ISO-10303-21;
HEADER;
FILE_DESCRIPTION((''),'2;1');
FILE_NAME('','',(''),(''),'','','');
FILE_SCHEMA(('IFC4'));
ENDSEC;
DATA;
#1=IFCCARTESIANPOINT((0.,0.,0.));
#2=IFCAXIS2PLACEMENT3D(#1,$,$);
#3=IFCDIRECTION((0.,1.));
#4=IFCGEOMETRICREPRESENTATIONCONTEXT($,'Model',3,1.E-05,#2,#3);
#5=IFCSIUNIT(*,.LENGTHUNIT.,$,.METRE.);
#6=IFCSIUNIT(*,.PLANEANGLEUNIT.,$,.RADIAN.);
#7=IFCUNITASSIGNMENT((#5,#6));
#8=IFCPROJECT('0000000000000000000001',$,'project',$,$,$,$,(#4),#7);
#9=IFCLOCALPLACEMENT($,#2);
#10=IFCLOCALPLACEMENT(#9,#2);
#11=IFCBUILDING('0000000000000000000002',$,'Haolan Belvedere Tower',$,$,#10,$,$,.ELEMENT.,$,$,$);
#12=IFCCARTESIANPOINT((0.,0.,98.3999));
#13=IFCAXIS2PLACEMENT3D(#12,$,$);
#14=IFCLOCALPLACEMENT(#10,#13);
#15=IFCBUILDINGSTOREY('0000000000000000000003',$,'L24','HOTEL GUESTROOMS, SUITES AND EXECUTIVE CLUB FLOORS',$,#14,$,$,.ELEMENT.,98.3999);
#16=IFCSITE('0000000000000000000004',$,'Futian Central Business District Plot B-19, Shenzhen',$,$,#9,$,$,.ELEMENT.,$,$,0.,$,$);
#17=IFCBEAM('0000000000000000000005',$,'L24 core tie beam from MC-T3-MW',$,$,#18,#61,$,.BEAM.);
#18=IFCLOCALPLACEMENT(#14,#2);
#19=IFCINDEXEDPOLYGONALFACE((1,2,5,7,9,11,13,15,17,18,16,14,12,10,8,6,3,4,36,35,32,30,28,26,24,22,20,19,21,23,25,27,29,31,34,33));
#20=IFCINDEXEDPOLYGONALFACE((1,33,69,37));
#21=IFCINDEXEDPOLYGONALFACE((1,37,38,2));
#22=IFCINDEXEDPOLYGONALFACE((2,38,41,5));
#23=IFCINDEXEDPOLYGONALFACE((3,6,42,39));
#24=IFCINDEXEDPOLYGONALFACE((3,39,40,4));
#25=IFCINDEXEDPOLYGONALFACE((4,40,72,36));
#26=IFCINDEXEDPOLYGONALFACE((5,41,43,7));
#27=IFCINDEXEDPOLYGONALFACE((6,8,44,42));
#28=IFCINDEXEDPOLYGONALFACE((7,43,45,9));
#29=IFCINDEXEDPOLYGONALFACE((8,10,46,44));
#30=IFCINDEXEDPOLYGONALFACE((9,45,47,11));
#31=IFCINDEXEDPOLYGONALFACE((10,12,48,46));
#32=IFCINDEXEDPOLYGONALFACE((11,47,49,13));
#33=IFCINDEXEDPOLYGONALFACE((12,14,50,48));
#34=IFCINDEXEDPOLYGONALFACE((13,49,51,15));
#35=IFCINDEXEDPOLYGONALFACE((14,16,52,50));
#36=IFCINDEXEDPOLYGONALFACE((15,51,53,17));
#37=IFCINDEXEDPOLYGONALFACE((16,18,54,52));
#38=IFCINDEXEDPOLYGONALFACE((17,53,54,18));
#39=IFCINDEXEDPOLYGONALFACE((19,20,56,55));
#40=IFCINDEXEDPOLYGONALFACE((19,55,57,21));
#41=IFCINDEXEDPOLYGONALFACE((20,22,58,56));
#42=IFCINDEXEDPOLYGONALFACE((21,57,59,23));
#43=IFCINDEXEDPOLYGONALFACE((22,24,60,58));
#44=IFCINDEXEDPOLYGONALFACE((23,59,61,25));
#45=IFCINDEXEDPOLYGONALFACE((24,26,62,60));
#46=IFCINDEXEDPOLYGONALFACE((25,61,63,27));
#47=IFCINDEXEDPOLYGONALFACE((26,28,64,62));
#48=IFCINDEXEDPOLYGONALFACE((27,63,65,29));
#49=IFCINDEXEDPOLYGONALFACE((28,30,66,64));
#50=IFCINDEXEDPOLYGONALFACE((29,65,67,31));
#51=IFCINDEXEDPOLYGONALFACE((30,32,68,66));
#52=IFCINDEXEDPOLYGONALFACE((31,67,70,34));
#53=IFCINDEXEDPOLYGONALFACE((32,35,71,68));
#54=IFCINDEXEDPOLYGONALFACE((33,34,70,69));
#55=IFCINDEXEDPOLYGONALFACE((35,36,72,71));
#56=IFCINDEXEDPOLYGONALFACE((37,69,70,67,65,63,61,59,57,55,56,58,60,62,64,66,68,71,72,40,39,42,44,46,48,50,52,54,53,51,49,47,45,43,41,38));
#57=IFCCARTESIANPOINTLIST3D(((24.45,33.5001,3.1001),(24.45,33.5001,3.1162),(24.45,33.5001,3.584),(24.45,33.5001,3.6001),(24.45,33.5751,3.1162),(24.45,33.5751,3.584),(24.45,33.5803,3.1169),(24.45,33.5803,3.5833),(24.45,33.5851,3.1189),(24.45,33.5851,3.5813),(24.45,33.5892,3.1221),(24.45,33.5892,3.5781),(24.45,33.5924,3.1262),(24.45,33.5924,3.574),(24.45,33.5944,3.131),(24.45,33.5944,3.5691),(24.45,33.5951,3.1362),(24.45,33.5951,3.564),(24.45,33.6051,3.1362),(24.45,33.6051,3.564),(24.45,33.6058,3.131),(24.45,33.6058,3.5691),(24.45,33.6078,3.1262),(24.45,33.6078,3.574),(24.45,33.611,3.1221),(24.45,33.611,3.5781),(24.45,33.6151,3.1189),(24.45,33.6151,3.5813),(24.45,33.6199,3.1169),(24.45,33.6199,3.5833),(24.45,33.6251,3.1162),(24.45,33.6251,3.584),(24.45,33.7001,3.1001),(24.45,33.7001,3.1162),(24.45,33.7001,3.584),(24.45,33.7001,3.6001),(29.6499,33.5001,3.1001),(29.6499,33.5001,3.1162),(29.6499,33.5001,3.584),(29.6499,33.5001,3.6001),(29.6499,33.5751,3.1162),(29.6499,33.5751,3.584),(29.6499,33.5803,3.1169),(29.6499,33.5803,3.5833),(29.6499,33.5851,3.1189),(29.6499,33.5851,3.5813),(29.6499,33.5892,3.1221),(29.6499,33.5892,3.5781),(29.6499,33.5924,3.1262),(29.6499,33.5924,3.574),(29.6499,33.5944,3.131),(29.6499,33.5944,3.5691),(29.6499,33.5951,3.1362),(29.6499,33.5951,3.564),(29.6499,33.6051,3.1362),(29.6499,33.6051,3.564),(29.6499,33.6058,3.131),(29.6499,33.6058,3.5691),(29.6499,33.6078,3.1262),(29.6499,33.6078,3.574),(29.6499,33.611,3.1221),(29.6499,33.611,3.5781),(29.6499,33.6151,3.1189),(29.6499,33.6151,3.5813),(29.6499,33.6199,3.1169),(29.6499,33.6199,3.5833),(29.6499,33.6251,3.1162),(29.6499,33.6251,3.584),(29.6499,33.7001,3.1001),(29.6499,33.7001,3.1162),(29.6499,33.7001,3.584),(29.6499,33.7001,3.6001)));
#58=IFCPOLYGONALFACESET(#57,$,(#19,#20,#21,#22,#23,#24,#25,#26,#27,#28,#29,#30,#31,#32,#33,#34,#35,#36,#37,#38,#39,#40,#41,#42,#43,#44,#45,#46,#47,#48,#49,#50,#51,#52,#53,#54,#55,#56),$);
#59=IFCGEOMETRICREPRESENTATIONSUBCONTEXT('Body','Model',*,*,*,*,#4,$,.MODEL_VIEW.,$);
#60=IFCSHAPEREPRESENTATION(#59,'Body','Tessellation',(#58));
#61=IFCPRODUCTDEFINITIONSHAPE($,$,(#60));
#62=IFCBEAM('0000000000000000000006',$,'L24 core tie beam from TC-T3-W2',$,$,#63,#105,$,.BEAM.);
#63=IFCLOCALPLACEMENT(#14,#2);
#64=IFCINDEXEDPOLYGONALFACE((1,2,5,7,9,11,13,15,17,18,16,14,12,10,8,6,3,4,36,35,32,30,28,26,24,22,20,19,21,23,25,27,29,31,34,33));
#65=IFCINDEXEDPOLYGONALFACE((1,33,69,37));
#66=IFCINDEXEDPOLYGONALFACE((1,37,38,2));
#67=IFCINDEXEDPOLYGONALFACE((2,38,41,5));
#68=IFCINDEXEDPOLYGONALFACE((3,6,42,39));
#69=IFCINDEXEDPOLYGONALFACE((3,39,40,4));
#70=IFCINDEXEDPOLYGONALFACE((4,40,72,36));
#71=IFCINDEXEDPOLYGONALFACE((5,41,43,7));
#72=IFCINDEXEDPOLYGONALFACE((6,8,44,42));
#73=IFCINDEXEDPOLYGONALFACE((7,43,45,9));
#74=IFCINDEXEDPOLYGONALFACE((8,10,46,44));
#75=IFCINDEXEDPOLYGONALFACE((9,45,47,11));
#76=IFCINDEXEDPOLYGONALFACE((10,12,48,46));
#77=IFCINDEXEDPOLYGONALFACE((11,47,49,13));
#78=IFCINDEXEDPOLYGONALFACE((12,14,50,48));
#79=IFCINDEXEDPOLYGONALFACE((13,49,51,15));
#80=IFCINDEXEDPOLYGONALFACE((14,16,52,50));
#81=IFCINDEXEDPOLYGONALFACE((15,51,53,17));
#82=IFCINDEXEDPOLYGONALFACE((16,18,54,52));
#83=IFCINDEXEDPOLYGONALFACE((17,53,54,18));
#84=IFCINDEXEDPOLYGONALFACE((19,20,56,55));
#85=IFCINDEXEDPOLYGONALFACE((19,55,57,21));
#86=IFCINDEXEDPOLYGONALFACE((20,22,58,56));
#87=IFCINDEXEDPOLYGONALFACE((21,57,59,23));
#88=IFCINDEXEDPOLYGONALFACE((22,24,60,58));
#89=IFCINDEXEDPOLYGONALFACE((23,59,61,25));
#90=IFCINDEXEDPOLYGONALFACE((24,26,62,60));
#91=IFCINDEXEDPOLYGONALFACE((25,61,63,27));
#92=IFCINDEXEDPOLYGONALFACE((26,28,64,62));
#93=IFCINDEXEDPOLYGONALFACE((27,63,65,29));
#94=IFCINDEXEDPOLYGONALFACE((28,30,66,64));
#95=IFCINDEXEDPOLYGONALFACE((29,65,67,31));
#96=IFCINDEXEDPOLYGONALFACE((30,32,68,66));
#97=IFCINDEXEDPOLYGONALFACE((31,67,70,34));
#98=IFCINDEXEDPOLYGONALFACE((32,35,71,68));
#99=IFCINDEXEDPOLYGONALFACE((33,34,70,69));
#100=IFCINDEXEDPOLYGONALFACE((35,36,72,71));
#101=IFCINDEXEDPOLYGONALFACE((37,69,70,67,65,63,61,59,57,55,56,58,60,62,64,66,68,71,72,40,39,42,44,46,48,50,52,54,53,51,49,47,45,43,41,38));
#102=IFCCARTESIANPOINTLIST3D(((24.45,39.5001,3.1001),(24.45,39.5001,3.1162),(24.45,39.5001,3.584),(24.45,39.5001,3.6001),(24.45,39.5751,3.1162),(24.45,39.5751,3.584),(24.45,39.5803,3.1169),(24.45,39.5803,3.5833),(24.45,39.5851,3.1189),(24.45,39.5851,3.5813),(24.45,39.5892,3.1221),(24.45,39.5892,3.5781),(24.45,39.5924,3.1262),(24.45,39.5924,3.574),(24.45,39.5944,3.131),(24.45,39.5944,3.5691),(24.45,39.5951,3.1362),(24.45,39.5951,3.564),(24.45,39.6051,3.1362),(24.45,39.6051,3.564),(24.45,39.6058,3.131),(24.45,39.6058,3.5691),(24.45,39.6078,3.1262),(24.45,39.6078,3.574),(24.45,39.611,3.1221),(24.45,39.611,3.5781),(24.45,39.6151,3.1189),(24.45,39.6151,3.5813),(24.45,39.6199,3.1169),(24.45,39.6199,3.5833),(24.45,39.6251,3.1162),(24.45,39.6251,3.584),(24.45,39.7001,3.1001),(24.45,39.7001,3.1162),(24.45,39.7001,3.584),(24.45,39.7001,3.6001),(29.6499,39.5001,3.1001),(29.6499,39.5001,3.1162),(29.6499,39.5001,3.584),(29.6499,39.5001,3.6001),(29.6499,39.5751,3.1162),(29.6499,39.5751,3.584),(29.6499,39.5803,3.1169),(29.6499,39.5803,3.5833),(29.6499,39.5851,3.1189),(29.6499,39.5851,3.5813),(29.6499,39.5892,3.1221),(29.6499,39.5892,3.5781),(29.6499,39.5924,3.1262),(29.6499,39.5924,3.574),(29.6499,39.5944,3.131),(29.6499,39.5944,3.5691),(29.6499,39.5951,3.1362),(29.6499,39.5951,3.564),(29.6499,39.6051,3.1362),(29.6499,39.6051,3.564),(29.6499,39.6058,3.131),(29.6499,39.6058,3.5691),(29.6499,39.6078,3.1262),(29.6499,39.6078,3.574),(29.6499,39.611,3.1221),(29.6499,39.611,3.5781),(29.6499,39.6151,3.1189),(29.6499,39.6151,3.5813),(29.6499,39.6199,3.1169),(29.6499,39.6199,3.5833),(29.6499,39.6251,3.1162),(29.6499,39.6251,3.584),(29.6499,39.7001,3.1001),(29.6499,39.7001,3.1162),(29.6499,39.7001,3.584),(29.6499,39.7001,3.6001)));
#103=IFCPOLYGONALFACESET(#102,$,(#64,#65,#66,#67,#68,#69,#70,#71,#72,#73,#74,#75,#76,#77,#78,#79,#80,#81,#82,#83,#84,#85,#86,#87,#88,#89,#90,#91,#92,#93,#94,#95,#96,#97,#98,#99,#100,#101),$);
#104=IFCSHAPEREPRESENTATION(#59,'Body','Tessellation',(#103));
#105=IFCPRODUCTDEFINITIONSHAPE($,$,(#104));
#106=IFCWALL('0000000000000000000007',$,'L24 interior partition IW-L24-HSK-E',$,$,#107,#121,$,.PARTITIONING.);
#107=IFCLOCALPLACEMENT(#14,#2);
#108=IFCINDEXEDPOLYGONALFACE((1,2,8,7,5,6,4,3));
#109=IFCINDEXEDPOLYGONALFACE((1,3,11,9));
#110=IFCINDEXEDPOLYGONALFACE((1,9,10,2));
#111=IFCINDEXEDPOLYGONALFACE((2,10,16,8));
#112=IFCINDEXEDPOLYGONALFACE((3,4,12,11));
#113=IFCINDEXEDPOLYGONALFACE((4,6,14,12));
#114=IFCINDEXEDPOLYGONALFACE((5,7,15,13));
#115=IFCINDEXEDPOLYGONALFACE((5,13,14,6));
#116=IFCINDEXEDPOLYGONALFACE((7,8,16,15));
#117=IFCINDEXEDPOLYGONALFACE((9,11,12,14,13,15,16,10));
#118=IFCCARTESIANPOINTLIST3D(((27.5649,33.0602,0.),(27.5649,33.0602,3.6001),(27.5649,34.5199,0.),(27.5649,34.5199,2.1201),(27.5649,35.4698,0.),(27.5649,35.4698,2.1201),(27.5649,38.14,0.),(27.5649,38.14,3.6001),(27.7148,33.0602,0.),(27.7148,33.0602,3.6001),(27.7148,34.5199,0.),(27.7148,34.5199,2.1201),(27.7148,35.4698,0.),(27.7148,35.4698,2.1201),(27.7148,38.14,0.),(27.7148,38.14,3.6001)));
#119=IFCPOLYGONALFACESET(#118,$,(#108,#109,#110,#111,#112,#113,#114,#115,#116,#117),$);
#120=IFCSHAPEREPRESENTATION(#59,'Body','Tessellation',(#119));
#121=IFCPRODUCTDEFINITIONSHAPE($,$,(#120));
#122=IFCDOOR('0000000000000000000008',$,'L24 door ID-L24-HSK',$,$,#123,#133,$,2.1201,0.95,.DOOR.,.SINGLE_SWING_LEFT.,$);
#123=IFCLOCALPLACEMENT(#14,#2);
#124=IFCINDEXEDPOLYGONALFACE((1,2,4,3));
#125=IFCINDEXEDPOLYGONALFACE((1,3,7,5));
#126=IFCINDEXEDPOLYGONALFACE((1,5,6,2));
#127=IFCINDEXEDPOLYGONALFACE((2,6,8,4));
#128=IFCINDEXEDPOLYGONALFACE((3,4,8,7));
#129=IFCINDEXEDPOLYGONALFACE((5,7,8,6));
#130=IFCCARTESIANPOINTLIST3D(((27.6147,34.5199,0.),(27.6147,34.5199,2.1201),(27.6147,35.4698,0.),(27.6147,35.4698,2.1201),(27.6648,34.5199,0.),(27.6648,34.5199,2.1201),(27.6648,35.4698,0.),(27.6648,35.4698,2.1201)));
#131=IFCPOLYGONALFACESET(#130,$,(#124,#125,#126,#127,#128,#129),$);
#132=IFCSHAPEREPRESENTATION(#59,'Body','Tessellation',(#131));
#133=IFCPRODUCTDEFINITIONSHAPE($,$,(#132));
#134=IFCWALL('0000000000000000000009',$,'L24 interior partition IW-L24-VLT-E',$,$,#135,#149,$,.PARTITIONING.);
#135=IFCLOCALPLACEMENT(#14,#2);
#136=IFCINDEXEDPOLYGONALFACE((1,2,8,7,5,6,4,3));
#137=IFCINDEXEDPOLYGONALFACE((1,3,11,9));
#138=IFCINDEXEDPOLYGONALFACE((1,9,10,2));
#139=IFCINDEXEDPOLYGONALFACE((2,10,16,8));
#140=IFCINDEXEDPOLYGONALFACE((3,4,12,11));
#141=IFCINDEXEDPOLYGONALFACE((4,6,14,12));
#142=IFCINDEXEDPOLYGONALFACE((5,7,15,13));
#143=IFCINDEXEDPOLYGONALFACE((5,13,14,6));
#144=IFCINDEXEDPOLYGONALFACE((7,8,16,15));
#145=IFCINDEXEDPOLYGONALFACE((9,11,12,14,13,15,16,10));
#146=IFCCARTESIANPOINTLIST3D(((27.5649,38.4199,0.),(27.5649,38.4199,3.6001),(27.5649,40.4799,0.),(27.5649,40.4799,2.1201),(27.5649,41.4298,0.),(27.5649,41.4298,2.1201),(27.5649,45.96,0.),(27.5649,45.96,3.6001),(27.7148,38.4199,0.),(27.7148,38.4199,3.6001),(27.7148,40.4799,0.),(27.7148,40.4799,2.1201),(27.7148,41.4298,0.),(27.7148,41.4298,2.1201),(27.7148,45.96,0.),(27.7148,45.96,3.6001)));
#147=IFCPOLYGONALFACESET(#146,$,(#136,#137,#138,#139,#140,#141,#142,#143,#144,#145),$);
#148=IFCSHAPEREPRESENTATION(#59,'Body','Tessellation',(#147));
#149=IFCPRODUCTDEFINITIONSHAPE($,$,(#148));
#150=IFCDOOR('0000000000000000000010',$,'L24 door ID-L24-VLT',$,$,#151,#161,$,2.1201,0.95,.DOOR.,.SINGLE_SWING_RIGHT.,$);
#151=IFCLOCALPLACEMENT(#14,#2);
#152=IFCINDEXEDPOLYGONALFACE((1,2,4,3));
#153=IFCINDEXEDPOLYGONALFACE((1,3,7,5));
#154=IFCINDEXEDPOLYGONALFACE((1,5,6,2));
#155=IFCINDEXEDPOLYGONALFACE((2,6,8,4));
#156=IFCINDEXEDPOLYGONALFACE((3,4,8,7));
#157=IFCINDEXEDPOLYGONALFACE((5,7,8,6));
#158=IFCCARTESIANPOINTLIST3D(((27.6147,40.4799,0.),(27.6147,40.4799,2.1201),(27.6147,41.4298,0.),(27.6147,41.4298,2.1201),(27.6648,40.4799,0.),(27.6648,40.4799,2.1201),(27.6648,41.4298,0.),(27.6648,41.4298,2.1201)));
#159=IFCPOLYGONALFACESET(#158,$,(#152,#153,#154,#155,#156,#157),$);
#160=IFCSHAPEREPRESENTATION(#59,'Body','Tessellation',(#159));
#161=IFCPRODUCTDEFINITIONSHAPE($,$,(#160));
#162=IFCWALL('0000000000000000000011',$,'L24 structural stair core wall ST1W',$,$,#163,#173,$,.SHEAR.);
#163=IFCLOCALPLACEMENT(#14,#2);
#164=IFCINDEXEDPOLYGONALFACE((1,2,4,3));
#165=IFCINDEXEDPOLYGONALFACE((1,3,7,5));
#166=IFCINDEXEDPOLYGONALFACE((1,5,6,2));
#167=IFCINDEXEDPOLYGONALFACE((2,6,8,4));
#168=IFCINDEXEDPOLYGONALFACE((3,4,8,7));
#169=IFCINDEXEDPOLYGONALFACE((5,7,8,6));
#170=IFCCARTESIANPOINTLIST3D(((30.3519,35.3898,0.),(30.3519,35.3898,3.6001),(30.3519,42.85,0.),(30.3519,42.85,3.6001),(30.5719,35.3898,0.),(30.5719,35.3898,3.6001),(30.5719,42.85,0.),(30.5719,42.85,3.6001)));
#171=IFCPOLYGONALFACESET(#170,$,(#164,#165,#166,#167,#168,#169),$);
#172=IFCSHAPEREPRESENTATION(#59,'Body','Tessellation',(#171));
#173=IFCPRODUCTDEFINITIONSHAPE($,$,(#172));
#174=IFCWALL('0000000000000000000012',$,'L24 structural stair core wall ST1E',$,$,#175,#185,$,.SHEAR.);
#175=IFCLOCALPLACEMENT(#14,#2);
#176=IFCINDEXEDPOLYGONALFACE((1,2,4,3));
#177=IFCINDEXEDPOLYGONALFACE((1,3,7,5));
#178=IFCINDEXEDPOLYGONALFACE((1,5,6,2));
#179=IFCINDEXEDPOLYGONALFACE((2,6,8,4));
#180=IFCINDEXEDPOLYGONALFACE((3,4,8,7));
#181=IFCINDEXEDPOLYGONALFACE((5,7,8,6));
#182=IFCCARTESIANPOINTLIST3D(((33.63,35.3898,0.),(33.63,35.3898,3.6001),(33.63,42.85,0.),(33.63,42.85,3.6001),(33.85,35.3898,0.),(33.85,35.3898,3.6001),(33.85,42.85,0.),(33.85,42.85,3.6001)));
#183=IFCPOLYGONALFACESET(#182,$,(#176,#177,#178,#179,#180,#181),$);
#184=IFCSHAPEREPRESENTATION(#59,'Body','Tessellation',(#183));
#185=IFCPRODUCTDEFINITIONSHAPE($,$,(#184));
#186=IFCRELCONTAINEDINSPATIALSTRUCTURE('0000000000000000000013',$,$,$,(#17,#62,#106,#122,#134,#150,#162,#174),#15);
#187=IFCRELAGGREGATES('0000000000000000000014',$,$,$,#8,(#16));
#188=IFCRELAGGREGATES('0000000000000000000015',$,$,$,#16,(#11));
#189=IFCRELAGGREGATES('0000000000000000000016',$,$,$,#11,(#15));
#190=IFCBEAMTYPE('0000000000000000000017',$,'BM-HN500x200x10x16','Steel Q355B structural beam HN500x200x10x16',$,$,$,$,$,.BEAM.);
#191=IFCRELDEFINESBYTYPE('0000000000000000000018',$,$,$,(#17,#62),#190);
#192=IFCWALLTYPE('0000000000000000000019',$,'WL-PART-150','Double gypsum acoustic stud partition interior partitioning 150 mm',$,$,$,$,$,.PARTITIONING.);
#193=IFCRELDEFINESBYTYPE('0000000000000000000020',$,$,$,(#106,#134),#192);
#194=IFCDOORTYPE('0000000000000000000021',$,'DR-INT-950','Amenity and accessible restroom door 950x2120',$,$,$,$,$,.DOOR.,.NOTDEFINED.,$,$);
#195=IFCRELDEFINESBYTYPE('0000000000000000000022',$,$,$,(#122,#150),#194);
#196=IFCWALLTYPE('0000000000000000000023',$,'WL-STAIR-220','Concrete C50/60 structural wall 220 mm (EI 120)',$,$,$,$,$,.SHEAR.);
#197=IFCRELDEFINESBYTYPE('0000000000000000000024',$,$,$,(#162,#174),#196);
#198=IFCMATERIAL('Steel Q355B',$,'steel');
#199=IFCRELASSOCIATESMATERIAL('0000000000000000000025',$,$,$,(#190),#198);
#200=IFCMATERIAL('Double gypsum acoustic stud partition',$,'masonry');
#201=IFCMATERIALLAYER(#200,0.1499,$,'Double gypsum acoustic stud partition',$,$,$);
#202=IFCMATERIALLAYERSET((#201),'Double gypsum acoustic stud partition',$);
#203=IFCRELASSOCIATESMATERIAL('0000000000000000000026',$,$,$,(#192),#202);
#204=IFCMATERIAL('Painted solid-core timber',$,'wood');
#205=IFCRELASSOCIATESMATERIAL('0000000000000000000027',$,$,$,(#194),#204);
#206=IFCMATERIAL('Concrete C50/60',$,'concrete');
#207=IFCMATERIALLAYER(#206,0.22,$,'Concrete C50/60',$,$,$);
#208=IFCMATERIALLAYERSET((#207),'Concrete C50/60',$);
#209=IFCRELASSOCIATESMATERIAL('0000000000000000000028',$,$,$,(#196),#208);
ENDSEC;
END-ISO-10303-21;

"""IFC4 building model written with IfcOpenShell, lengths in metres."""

from ifc_helpers import new_model, si_unit, direction, frame, frame_2d, origin, origin_2d, place, context, subcontext, project, spatial, rectangle, i_section, extrude, material, layer, layer_set, material_profile, profile_set, type_object, element, fill, save


model = new_model("IFC4")

# Units and contexts
model_context = context("Model", 3, precision=1e-05, world=origin(), true_north=direction((0.0, 1.0)))
body_context = subcontext(model_context, "Body", "Model", "MODEL_VIEW")
ifc_project = project(units=[si_unit("LENGTHUNIT", "METRE"), si_unit("PLANEANGLEUNIT", "RADIAN")], contexts=[model_context])

# Site, building, storey
site_placement = place(None, origin())
site = spatial("IfcSite", under=ifc_project, at=site_placement, Name="Futian Central Business District Plot B-19, Shenzhen", CompositionType="ELEMENT", RefElevation=0.0)
building_placement = place(site_placement, origin())
building = spatial("IfcBuilding", under=site, at=building_placement, Name="Haolan Belvedere Tower", CompositionType="ELEMENT")
storey_placement = place(building_placement, frame((0.0, 0.0, 98.3999)))
storey = spatial("IfcBuildingStorey", under=building, at=storey_placement, Name="L24", Description="HOTEL GUESTROOMS, SUITES AND EXECUTIVE CLUB FLOORS", CompositionType="ELEMENT", Elevation=98.3999)

# Beams
ifc_material_1 = material(Name="Steel Q355B", Category="steel")
ifc_material_profile = material_profile(ifc_material_1, i_section(OverallWidth=0.2, OverallDepth=0.5, WebThickness=0.01, FlangeThickness=0.0161, FilletRadius=0.02, at=origin_2d()), Name="Steel Q355B")
ifc_profile_set = profile_set([ifc_material_profile], Name="Steel Q355B")
beam_type = type_object("IfcBeamType", Name="BM-HN500x200x10x16", Description="Steel Q355B structural beam HN500x200x10x16", PredefinedType="BEAM", material=ifc_profile_set)
for number, where, z_axis, x_axis, name in (
    (1, (24.45, 33.6001, 3.3501), (1.0, 0.0, 0.0), (0.0, 1.0, 0.0), "L24 core tie beam from MC-T3-MW"),
    (2, (24.45, 39.6001, 3.3501), (1.0, 0.0, 0.0), (0.0, 1.0, 0.0), "L24 core tie beam from TC-T3-W2"),
):
    element("IfcBeam", number, at=place(storey_placement, frame(where, z_axis=z_axis, x_axis=x_axis)), inside=storey, type_object=beam_type, Name=name, PredefinedType="BEAM", context=body_context, shape_type="SweptSolid", body=[
        extrude(i_section(OverallWidth=0.2, OverallDepth=0.5, WebThickness=0.01, FlangeThickness=0.0161, FilletRadius=0.02, at=origin_2d()), origin(), (0.0, 0.0, 1.0), 5.2),
    ])

# Walls, openings, doors
ifc_material_2 = material(Name="Double gypsum acoustic stud partition", Category="masonry")
ifc_layer_1 = layer(ifc_material_2, 0.1499, Name="Double gypsum acoustic stud partition")
ifc_layer_set_1 = layer_set([ifc_layer_1], Name="Double gypsum acoustic stud partition")
wall_type_1 = type_object("IfcWallType", Name="WL-PART-150", Description="Double gypsum acoustic stud partition interior partitioning 150 mm", PredefinedType="PARTITIONING", material=ifc_layer_set_1)
wall_1_placement = place(storey_placement, frame((27.6399, 33.0601, 0.0), z_axis=(0.0, 0.0, 1.0), x_axis=(0.0, 1.0, 0.0)))
wall_1 = element("IfcWall", 3, at=wall_1_placement, inside=storey, type_object=wall_type_1, Name="L24 interior partition IW-L24-HSK-E", PredefinedType="PARTITIONING", context=body_context, shape_type="SweptSolid", body=[
    extrude(rectangle(XDim=5.0798, YDim=0.1499, at=frame_2d((2.54, 0.0))), origin(), (0.0, 0.0, 1.0), 3.6001),
])
opening_1_placement = place(wall_1_placement, frame((2.4099, 0.0, 0.0), z_axis=(0.0, 0.0, 1.0), x_axis=(-1.0, 0.0, 0.0)))
opening_1 = element("IfcOpeningElement", 4, at=opening_1_placement, cuts=wall_1, PredefinedType="OPENING", context=body_context, shape_type="SweptSolid", body=[
    extrude(rectangle(XDim=0.95, YDim=2.1201, at=frame_2d((0.4751, 1.0601))), frame((0.0, 0.085, 0.0), z_axis=(0.0, -1.0, 0.0), x_axis=(1.0, 0.0, 0.0)), (0.0, 0.0, 1.0), 0.1699),
])
ifc_material_3 = material(Name="Painted solid-core timber", Category="wood")
door_type_1 = type_object("IfcDoorType", Name="DR-INT-950", Description="Amenity and accessible restroom door 950x2120", OperationType="NOTDEFINED", PredefinedType="DOOR", material=ifc_material_3)
door_1_placement = place(opening_1_placement, origin())
door_1 = element("IfcDoor", 5, at=door_1_placement, inside=storey, type_object=door_type_1, Name="L24 door ID-L24-HSK", OperationType="SINGLE_SWING_LEFT", OverallHeight=2.1201, OverallWidth=0.95, PredefinedType="DOOR", context=body_context, shape_type="SweptSolid", body=[
    extrude(rectangle(XDim=0.95, YDim=2.1201, at=frame_2d((0.4751, 1.0601))), frame((0.0, 0.0249, 0.0), z_axis=(0.0, -1.0, 0.0), x_axis=(1.0, 0.0, 0.0)), (0.0, 0.0, 1.0), 0.05),
])
fill(opening_1, door_1)
wall_2_placement = place(storey_placement, frame((27.6399, 38.4199, 0.0), z_axis=(0.0, 0.0, 1.0), x_axis=(0.0, 1.0, 0.0)))
wall_2 = element("IfcWall", 6, at=wall_2_placement, inside=storey, type_object=wall_type_1, Name="L24 interior partition IW-L24-VLT-E", PredefinedType="PARTITIONING", context=body_context, shape_type="SweptSolid", body=[
    extrude(rectangle(XDim=7.54, YDim=0.1499, at=frame_2d((3.77, 0.0))), origin(), (0.0, 0.0, 1.0), 3.6001),
])
opening_2_placement = place(wall_2_placement, frame((3.01, 0.0, 0.0), z_axis=(0.0, 0.0, 1.0), x_axis=(-1.0, 0.0, 0.0)))
opening_2 = element("IfcOpeningElement", 7, at=opening_2_placement, cuts=wall_2, PredefinedType="OPENING", context=body_context, shape_type="SweptSolid", body=[
    extrude(rectangle(XDim=0.95, YDim=2.1201, at=frame_2d((0.4751, 1.0601))), frame((0.0, 0.085, 0.0), z_axis=(0.0, -1.0, 0.0), x_axis=(1.0, 0.0, 0.0)), (0.0, 0.0, 1.0), 0.1699),
])
door_2_placement = place(opening_2_placement, origin())
door_2 = element("IfcDoor", 8, at=door_2_placement, inside=storey, type_object=door_type_1, Name="L24 door ID-L24-VLT", OperationType="SINGLE_SWING_RIGHT", OverallHeight=2.1201, OverallWidth=0.95, PredefinedType="DOOR", context=body_context, shape_type="SweptSolid", body=[
    extrude(rectangle(XDim=0.95, YDim=2.1201, at=frame_2d((0.4751, 1.0601))), frame((0.0, 0.0249, 0.0), z_axis=(0.0, -1.0, 0.0), x_axis=(1.0, 0.0, 0.0)), (0.0, 0.0, 1.0), 0.05),
])
fill(opening_2, door_2)

# Walls
ifc_material_4 = material(Name="Concrete C50/60", Category="concrete")
ifc_layer_2 = layer(ifc_material_4, 0.22, Name="Concrete C50/60")
ifc_layer_set_2 = layer_set([ifc_layer_2], Name="Concrete C50/60")
wall_type_2 = type_object("IfcWallType", Name="WL-STAIR-220", Description="Concrete C50/60 structural wall 220 mm (EI 120)", PredefinedType="SHEAR", material=ifc_layer_set_2)
for number, where, z_axis, x_axis, name in (
    (9, (30.4619, 35.3899, 0.0), (0.0, 0.0, 1.0), (0.0, 1.0, 0.0), "L24 structural stair core wall ST1W"),
    (10, (33.74, 35.3899, 0.0), (0.0, 0.0, 1.0), (0.0, 1.0, 0.0), "L24 structural stair core wall ST1E"),
):
    element("IfcWall", number, at=place(storey_placement, frame(where, z_axis=z_axis, x_axis=x_axis)), inside=storey, type_object=wall_type_2, Name=name, PredefinedType="SHEAR", context=body_context, shape_type="SweptSolid", body=[
        extrude(rectangle(XDim=7.4602, YDim=0.22, at=frame_2d((3.73, 0.0))), origin(), (0.0, 0.0, 1.0), 3.6001),
    ])

save(model, "model.ifc")
